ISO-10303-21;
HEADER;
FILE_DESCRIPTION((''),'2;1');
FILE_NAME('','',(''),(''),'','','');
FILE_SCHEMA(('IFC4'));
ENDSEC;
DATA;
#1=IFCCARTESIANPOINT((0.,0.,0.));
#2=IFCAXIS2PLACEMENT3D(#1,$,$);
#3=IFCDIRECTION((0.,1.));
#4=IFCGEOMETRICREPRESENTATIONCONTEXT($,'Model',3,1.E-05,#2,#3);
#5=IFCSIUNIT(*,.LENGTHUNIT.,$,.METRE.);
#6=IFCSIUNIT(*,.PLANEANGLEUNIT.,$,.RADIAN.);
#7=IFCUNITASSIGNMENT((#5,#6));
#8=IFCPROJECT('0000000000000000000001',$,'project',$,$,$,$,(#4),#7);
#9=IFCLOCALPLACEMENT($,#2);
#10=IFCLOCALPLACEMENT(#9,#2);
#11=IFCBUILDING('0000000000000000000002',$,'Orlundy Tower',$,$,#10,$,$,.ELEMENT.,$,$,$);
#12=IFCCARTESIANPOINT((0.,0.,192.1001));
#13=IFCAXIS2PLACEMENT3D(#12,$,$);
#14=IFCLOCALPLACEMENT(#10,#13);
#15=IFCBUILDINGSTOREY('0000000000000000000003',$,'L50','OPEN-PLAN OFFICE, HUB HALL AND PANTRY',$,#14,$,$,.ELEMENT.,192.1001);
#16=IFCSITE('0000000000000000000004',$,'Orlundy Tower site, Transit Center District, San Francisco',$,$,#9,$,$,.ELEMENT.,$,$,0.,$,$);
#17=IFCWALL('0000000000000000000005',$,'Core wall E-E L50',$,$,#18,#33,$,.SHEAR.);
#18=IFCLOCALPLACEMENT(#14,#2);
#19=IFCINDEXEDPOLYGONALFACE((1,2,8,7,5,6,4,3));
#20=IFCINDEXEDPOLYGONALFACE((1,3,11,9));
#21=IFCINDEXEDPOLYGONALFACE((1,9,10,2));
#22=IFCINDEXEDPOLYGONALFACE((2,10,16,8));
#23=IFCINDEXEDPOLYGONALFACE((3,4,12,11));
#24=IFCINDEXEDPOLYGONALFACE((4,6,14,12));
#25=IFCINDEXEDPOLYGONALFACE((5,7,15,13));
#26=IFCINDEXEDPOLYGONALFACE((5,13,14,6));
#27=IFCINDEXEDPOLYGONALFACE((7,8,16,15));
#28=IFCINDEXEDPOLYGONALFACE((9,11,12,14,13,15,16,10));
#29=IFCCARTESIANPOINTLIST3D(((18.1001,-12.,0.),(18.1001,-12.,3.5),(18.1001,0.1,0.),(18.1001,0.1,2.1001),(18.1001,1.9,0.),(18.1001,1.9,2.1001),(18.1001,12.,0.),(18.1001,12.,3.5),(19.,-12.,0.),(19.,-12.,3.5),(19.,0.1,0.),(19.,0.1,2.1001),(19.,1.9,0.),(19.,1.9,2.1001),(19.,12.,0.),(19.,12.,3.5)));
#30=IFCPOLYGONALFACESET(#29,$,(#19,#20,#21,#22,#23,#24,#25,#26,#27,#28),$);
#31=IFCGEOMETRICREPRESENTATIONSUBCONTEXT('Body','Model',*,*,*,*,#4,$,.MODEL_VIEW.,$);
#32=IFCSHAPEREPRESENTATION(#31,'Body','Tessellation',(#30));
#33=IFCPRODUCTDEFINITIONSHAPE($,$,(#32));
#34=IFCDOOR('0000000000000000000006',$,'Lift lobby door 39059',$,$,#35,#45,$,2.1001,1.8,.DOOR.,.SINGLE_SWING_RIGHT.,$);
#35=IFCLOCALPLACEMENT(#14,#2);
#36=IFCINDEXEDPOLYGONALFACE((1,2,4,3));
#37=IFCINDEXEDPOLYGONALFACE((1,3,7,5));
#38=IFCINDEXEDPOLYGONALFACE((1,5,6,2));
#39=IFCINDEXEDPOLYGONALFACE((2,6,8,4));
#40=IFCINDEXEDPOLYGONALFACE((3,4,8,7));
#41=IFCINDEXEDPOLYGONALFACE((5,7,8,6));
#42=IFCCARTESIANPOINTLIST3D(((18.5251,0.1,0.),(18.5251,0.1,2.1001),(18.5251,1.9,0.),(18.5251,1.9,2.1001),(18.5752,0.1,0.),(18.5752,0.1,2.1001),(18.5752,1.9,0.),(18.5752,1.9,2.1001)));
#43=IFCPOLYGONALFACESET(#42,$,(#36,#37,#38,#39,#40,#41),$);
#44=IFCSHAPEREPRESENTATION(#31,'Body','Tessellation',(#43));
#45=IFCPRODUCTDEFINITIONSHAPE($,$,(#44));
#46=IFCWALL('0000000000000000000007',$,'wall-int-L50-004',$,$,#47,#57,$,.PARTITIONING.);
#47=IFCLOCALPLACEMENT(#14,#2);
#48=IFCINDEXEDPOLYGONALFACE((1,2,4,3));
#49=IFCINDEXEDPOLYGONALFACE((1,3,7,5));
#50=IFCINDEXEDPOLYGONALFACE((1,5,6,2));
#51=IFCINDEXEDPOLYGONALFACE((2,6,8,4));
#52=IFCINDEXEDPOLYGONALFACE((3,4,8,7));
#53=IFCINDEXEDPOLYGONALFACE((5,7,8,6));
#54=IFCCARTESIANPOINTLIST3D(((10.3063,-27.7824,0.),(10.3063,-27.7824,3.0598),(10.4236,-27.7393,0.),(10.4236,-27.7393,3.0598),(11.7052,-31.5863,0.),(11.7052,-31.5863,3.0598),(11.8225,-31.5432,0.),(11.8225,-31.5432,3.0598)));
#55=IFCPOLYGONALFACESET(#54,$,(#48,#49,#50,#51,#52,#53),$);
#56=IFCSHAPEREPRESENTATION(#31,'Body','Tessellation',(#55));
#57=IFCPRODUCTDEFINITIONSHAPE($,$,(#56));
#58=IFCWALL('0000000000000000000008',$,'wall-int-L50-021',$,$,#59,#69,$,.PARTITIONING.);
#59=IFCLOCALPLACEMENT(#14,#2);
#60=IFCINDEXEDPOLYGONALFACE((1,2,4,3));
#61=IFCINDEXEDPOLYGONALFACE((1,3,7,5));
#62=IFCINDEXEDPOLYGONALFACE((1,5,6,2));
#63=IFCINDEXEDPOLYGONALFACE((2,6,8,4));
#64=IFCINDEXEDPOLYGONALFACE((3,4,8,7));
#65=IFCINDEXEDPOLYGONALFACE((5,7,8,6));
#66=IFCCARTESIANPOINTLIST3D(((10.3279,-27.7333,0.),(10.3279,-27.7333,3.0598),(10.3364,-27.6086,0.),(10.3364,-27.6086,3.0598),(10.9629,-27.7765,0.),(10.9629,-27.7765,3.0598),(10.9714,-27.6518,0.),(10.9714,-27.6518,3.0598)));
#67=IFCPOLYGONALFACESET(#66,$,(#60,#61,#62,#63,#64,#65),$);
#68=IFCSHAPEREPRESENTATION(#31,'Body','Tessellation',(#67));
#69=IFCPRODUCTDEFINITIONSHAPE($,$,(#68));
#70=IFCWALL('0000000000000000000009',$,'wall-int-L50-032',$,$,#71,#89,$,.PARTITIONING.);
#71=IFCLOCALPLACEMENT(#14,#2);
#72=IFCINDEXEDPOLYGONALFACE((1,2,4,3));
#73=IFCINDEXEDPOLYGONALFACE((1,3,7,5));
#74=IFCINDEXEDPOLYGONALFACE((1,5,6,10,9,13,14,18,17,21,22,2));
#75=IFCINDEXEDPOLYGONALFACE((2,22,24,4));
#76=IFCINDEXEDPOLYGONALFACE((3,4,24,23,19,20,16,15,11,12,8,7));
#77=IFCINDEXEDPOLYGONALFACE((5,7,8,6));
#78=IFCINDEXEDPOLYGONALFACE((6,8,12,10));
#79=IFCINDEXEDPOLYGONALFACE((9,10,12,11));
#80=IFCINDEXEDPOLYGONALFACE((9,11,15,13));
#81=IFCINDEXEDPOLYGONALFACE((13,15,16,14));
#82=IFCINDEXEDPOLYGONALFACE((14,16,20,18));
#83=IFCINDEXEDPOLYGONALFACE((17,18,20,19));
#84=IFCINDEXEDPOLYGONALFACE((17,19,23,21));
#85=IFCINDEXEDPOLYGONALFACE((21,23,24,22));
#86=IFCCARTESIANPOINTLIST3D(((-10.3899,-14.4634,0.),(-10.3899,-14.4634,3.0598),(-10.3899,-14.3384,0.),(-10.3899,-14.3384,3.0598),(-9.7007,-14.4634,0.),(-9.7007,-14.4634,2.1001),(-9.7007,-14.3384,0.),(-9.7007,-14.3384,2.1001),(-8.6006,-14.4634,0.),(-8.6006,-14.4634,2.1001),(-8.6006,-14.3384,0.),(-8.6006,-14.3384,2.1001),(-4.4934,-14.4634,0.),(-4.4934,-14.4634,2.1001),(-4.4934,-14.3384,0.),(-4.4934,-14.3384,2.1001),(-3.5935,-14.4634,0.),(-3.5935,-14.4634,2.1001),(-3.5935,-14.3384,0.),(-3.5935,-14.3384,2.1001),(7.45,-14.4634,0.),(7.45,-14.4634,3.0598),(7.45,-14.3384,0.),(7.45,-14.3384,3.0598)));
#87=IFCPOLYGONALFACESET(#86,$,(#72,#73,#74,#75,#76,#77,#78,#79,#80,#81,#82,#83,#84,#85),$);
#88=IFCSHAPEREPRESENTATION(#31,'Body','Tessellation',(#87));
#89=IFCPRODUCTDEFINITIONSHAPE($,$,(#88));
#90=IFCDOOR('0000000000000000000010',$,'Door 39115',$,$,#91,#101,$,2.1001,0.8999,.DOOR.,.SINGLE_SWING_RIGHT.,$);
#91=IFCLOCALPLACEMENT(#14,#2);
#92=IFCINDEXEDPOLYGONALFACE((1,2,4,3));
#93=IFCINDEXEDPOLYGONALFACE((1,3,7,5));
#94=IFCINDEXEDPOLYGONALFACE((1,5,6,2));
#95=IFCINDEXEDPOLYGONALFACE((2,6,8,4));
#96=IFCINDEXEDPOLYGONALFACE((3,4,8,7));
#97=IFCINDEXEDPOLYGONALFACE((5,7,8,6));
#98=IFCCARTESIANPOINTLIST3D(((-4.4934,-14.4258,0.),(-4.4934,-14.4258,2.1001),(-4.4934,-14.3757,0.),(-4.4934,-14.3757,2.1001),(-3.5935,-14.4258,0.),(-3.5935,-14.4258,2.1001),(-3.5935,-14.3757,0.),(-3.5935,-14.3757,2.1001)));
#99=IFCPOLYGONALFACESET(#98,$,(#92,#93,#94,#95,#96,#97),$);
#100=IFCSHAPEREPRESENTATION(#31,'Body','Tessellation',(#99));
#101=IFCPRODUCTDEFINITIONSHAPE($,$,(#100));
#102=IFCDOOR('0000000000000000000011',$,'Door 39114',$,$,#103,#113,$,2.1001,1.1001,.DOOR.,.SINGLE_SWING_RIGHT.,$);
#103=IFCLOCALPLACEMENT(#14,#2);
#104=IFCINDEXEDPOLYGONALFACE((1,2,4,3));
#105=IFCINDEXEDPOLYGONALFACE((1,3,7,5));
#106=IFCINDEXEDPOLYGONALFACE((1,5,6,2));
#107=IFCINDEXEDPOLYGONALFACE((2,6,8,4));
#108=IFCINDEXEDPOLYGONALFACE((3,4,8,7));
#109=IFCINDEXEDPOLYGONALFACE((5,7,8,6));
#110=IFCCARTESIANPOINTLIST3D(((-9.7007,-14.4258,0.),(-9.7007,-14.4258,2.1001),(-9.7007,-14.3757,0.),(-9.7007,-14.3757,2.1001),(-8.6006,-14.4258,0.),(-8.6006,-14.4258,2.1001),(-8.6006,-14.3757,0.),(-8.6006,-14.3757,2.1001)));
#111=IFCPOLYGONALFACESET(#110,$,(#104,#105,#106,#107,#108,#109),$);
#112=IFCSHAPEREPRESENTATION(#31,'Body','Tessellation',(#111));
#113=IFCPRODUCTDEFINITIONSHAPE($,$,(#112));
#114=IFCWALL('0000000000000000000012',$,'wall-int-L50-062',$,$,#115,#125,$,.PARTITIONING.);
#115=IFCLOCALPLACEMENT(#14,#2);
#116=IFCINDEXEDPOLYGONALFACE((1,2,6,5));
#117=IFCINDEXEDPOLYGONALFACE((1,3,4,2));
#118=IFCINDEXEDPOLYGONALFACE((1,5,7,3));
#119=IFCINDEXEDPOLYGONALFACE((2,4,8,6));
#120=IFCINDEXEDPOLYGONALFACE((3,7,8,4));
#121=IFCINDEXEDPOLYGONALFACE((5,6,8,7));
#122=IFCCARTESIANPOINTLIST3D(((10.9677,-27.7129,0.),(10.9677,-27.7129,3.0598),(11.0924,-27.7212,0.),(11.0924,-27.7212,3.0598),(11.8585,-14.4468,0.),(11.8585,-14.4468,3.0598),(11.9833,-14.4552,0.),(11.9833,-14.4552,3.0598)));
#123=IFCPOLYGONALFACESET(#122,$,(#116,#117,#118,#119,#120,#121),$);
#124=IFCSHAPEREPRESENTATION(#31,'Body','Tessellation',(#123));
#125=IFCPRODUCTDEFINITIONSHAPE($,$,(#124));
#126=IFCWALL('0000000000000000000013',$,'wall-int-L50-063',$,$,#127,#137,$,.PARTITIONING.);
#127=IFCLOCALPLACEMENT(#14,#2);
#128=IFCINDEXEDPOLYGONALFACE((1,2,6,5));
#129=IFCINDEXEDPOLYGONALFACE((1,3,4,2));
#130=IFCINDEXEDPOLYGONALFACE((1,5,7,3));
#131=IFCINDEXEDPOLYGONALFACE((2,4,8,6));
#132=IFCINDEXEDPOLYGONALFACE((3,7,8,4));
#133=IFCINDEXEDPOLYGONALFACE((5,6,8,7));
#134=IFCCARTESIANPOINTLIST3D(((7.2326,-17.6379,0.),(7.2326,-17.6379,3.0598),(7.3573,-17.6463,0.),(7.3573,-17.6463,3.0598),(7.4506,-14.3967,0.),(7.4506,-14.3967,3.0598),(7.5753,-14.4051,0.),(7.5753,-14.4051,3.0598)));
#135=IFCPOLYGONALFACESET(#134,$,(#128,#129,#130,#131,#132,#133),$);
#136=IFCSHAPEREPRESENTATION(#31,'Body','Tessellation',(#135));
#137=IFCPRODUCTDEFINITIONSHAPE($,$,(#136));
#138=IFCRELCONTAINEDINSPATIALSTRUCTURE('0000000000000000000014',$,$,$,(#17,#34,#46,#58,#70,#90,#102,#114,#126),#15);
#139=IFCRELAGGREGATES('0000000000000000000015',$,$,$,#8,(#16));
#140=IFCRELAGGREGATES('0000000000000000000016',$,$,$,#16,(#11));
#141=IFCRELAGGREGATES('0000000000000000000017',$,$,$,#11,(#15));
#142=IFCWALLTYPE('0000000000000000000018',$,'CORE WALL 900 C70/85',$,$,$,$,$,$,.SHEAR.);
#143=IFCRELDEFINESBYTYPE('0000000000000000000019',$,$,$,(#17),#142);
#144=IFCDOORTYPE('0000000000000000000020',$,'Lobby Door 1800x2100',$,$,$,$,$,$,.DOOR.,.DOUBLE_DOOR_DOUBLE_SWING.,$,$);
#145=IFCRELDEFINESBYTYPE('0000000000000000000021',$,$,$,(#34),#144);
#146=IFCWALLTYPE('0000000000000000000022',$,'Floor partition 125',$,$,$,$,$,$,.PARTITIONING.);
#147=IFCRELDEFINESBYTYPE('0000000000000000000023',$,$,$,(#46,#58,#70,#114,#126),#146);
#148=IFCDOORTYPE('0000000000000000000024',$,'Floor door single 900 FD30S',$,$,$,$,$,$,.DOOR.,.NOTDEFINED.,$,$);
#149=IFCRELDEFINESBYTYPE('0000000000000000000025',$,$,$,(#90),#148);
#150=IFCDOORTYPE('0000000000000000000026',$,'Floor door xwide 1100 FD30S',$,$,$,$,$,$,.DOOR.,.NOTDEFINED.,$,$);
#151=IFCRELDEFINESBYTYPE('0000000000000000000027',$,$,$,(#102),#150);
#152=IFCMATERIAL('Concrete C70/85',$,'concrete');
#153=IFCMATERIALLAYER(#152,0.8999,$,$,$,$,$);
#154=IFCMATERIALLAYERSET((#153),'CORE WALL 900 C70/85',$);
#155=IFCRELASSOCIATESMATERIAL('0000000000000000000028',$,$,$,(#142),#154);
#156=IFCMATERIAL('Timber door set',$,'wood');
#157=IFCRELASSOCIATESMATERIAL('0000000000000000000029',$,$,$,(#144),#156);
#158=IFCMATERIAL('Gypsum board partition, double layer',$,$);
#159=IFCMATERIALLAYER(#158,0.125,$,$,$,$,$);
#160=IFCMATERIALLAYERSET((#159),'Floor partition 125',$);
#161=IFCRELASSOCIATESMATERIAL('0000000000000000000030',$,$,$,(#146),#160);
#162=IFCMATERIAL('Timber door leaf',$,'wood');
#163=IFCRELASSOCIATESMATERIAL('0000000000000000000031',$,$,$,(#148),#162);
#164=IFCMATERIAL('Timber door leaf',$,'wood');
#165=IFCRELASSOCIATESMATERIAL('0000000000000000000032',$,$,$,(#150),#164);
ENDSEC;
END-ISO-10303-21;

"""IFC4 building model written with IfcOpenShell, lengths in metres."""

from ifc_helpers import new_model, si_unit, direction, frame, frame_2d, origin, place, context, subcontext, project, spatial, rectangle, extrude, material, layer, layer_set, type_object, element, fill, save


model = new_model("IFC4")

# Units and contexts
model_context = context("Model", 3, precision=1e-05, world=origin(), true_north=direction((0.0, 1.0)))
body_context = subcontext(model_context, "Body", "Model", "MODEL_VIEW")
ifc_project = project(units=[si_unit("LENGTHUNIT", "METRE"), si_unit("PLANEANGLEUNIT", "RADIAN")], contexts=[model_context])

# Site, building, storey
site_placement = place(None, origin())
site = spatial("IfcSite", under=ifc_project, at=site_placement, Name="Orlundy Tower site, Transit Center District, San Francisco", CompositionType="ELEMENT", RefElevation=0.0)
building_placement = place(site_placement, origin())
building = spatial("IfcBuilding", under=site, at=building_placement, Name="Orlundy Tower", CompositionType="ELEMENT")
storey_placement = place(building_placement, frame((0.0, 0.0, 192.1001)))
storey = spatial("IfcBuildingStorey", under=building, at=storey_placement, Name="L50", Description="OPEN-PLAN OFFICE, HUB HALL AND PANTRY", CompositionType="ELEMENT", Elevation=192.1001)

# Shared definitions
ifc_material_1 = material(Name="Concrete C70/85", Category="concrete")
ifc_layer_1 = layer(ifc_material_1, 0.8999)
ifc_layer_set_1 = layer_set([ifc_layer_1], Name="CORE WALL 900 C70/85")
wall_type_1 = type_object("IfcWallType", Name="CORE WALL 900 C70/85", PredefinedType="SHEAR", material=ifc_layer_set_1)
ifc_material_2 = material(Name="Timber door set", Category="wood")
door_type_1 = type_object("IfcDoorType", Name="Lobby Door 1800x2100", OperationType="DOUBLE_DOOR_DOUBLE_SWING", PredefinedType="DOOR", material=ifc_material_2)

# Wall, opening, door
wall_1_placement = place(storey_placement, frame((18.55, -12.0, 0.0), z_axis=(0.0, 0.0, 1.0), x_axis=(0.0, 1.0, 0.0)))
wall_1 = element("IfcWall", 1, at=wall_1_placement, inside=storey, type_object=wall_type_1, Name="Core wall E-E L50", PredefinedType="SHEAR", context=body_context, shape_type="SweptSolid", body=[
    extrude(rectangle(XDim=24.0, YDim=0.8999, at=frame_2d((12.0, 0.0))), origin(), (0.0, 0.0, 1.0), 3.5),
])
opening_1_placement = place(wall_1_placement, frame((12.1001, 0.0, 0.0)))
opening_1 = element("IfcOpeningElement", 2, at=opening_1_placement, cuts=wall_1, PredefinedType="OPENING", context=body_context, shape_type="SweptSolid", body=[
    extrude(rectangle(XDim=1.8, YDim=2.1001, at=frame_2d((0.8999, 1.05))), frame((0.0, 0.46, 0.0), z_axis=(0.0, -1.0, 0.0), x_axis=(1.0, 0.0, 0.0)), (0.0, 0.0, 1.0), 0.9199),
])
door_1_placement = place(opening_1_placement, origin())
door_1 = element("IfcDoor", 3, at=door_1_placement, inside=storey, type_object=door_type_1, Name="Lift lobby door 39059", OperationType="SINGLE_SWING_RIGHT", OverallHeight=2.1001, OverallWidth=1.8, PredefinedType="DOOR", context=body_context, shape_type="SweptSolid", body=[
    extrude(rectangle(XDim=1.8, YDim=2.1001, at=frame_2d((0.8999, 1.05))), frame((0.0, 0.0249, 0.0), z_axis=(0.0, -1.0, 0.0), x_axis=(1.0, 0.0, 0.0)), (0.0, 0.0, 1.0), 0.05),
])
fill(opening_1, door_1)

# Walls
ifc_material_3 = material(Name="Gypsum board partition, double layer")
ifc_layer_2 = layer(ifc_material_3, 0.125)
ifc_layer_set_2 = layer_set([ifc_layer_2], Name="Floor partition 125")
wall_type_2 = type_object("IfcWallType", Name="Floor partition 125", PredefinedType="PARTITIONING", material=ifc_layer_set_2)
wall_2_placement = place(storey_placement, frame((10.365, -27.761, 0.0), z_axis=(0.0, 0.0, 1.0), x_axis=(0.345155, -0.938546, 0.0)))
element("IfcWall", 4, at=wall_2_placement, inside=storey, type_object=wall_type_2, Name="wall-int-L50-004", PredefinedType="PARTITIONING", context=body_context, shape_type="SweptSolid", body=[
    extrude(rectangle(XDim=4.053, YDim=0.125, at=frame_2d((2.0264, 0.0))), origin(), (0.0, 0.0, 1.0), 3.0598),
])
wall_3_placement = place(storey_placement, frame((10.332, -27.6709, 0.0), z_axis=(0.0, 0.0, 1.0), x_axis=(0.997693, -0.067894, 0.0)))
element("IfcWall", 5, at=wall_3_placement, inside=storey, type_object=wall_type_2, Name="wall-int-L50-021", PredefinedType="PARTITIONING", context=body_context, shape_type="SweptSolid", body=[
    extrude(rectangle(XDim=0.6365, YDim=0.125, at=frame_2d((0.3184, 0.0))), origin(), (0.0, 0.0, 1.0), 3.0598),
])

# Wall, openings, doors
wall_4_placement = place(storey_placement, frame((7.45, -14.4009, 0.0), z_axis=(0.0, 0.0, 1.0), x_axis=(-1.0, 0.0, 0.0)))
wall_4 = element("IfcWall", 6, at=wall_4_placement, inside=storey, type_object=wall_type_2, Name="wall-int-L50-032", PredefinedType="PARTITIONING", context=body_context, shape_type="SweptSolid", body=[
    extrude(rectangle(XDim=17.8398, YDim=0.125, at=frame_2d((8.9199, 0.0))), origin(), (0.0, 0.0, 1.0), 3.0598),
])
opening_2_placement = place(wall_4_placement, frame((16.0505, 0.0, 0.0)))
opening_2 = element("IfcOpeningElement", 7, at=opening_2_placement, cuts=wall_4, PredefinedType="OPENING", context=body_context, shape_type="SweptSolid", body=[
    extrude(rectangle(XDim=1.1001, YDim=2.1001, at=frame_2d((0.55, 1.05))), frame((0.0, 0.0725, 0.0), z_axis=(0.0, -1.0, 0.0), x_axis=(1.0, 0.0, 0.0)), (0.0, 0.0, 1.0), 0.145),
])
opening_3_placement = place(wall_4_placement, frame((11.0435, 0.0, 0.0)))
opening_3 = element("IfcOpeningElement", 8, at=opening_3_placement, cuts=wall_4, PredefinedType="OPENING", context=body_context, shape_type="SweptSolid", body=[
    extrude(rectangle(XDim=0.8999, YDim=2.1001, at=frame_2d((0.45, 1.05))), frame((0.0, 0.0725, 0.0), z_axis=(0.0, -1.0, 0.0), x_axis=(1.0, 0.0, 0.0)), (0.0, 0.0, 1.0), 0.145),
])
ifc_material_4 = material(Name="Timber door leaf", Category="wood")
door_type_2 = type_object("IfcDoorType", Name="Floor door single 900 FD30S", OperationType="NOTDEFINED", PredefinedType="DOOR", material=ifc_material_4)
door_2_placement = place(opening_3_placement, origin())
door_2 = element("IfcDoor", 9, at=door_2_placement, inside=storey, type_object=door_type_2, Name="Door 39115", OperationType="SINGLE_SWING_RIGHT", OverallHeight=2.1001, OverallWidth=0.8999, PredefinedType="DOOR", context=body_context, shape_type="SweptSolid", body=[
    extrude(rectangle(XDim=0.8999, YDim=2.1001, at=frame_2d((0.45, 1.05))), frame((0.0, 0.0249, 0.0), z_axis=(0.0, -1.0, 0.0), x_axis=(1.0, 0.0, 0.0)), (0.0, 0.0, 1.0), 0.05),
])
fill(opening_3, door_2)
ifc_material_5 = material(Name="Timber door leaf", Category="wood")
door_type_3 = type_object("IfcDoorType", Name="Floor door xwide 1100 FD30S", OperationType="NOTDEFINED", PredefinedType="DOOR", material=ifc_material_5)
door_3_placement = place(opening_2_placement, origin())
door_3 = element("IfcDoor", 10, at=door_3_placement, inside=storey, type_object=door_type_3, Name="Door 39114", OperationType="SINGLE_SWING_RIGHT", OverallHeight=2.1001, OverallWidth=1.1001, PredefinedType="DOOR", context=body_context, shape_type="SweptSolid", body=[
    extrude(rectangle(XDim=1.1001, YDim=2.1001, at=frame_2d((0.55, 1.05))), frame((0.0, 0.0249, 0.0), z_axis=(0.0, -1.0, 0.0), x_axis=(1.0, 0.0, 0.0)), (0.0, 0.0, 1.0), 0.05),
])
fill(opening_2, door_3)

# Walls
wall_5_placement = place(storey_placement, frame((11.03, -27.717, 0.0), z_axis=(0.0, 0.0, 1.0), x_axis=(0.067003, 0.997753, 0.0)))
element("IfcWall", 11, at=wall_5_placement, inside=storey, type_object=wall_type_2, Name="wall-int-L50-062", PredefinedType="PARTITIONING", context=body_context, shape_type="SweptSolid", body=[
    extrude(rectangle(XDim=13.2959, YDim=0.125, at=frame_2d((6.6479, 0.0))), origin(), (0.0, 0.0, 1.0), 3.0598),
])
wall_6_placement = place(storey_placement, frame((7.2949, -17.6421, 0.0), z_axis=(0.0, 0.0, 1.0), x_axis=(0.067113, 0.997745, 0.0)))
element("IfcWall", 12, at=wall_6_placement, inside=storey, type_object=wall_type_2, Name="wall-int-L50-063", PredefinedType="PARTITIONING", context=body_context, shape_type="SweptSolid", body=[
    extrude(rectangle(XDim=3.2485, YDim=0.125, at=frame_2d((1.6243, 0.0))), origin(), (0.0, 0.0, 1.0), 3.0598),
])

save(model, "model.ifc")
